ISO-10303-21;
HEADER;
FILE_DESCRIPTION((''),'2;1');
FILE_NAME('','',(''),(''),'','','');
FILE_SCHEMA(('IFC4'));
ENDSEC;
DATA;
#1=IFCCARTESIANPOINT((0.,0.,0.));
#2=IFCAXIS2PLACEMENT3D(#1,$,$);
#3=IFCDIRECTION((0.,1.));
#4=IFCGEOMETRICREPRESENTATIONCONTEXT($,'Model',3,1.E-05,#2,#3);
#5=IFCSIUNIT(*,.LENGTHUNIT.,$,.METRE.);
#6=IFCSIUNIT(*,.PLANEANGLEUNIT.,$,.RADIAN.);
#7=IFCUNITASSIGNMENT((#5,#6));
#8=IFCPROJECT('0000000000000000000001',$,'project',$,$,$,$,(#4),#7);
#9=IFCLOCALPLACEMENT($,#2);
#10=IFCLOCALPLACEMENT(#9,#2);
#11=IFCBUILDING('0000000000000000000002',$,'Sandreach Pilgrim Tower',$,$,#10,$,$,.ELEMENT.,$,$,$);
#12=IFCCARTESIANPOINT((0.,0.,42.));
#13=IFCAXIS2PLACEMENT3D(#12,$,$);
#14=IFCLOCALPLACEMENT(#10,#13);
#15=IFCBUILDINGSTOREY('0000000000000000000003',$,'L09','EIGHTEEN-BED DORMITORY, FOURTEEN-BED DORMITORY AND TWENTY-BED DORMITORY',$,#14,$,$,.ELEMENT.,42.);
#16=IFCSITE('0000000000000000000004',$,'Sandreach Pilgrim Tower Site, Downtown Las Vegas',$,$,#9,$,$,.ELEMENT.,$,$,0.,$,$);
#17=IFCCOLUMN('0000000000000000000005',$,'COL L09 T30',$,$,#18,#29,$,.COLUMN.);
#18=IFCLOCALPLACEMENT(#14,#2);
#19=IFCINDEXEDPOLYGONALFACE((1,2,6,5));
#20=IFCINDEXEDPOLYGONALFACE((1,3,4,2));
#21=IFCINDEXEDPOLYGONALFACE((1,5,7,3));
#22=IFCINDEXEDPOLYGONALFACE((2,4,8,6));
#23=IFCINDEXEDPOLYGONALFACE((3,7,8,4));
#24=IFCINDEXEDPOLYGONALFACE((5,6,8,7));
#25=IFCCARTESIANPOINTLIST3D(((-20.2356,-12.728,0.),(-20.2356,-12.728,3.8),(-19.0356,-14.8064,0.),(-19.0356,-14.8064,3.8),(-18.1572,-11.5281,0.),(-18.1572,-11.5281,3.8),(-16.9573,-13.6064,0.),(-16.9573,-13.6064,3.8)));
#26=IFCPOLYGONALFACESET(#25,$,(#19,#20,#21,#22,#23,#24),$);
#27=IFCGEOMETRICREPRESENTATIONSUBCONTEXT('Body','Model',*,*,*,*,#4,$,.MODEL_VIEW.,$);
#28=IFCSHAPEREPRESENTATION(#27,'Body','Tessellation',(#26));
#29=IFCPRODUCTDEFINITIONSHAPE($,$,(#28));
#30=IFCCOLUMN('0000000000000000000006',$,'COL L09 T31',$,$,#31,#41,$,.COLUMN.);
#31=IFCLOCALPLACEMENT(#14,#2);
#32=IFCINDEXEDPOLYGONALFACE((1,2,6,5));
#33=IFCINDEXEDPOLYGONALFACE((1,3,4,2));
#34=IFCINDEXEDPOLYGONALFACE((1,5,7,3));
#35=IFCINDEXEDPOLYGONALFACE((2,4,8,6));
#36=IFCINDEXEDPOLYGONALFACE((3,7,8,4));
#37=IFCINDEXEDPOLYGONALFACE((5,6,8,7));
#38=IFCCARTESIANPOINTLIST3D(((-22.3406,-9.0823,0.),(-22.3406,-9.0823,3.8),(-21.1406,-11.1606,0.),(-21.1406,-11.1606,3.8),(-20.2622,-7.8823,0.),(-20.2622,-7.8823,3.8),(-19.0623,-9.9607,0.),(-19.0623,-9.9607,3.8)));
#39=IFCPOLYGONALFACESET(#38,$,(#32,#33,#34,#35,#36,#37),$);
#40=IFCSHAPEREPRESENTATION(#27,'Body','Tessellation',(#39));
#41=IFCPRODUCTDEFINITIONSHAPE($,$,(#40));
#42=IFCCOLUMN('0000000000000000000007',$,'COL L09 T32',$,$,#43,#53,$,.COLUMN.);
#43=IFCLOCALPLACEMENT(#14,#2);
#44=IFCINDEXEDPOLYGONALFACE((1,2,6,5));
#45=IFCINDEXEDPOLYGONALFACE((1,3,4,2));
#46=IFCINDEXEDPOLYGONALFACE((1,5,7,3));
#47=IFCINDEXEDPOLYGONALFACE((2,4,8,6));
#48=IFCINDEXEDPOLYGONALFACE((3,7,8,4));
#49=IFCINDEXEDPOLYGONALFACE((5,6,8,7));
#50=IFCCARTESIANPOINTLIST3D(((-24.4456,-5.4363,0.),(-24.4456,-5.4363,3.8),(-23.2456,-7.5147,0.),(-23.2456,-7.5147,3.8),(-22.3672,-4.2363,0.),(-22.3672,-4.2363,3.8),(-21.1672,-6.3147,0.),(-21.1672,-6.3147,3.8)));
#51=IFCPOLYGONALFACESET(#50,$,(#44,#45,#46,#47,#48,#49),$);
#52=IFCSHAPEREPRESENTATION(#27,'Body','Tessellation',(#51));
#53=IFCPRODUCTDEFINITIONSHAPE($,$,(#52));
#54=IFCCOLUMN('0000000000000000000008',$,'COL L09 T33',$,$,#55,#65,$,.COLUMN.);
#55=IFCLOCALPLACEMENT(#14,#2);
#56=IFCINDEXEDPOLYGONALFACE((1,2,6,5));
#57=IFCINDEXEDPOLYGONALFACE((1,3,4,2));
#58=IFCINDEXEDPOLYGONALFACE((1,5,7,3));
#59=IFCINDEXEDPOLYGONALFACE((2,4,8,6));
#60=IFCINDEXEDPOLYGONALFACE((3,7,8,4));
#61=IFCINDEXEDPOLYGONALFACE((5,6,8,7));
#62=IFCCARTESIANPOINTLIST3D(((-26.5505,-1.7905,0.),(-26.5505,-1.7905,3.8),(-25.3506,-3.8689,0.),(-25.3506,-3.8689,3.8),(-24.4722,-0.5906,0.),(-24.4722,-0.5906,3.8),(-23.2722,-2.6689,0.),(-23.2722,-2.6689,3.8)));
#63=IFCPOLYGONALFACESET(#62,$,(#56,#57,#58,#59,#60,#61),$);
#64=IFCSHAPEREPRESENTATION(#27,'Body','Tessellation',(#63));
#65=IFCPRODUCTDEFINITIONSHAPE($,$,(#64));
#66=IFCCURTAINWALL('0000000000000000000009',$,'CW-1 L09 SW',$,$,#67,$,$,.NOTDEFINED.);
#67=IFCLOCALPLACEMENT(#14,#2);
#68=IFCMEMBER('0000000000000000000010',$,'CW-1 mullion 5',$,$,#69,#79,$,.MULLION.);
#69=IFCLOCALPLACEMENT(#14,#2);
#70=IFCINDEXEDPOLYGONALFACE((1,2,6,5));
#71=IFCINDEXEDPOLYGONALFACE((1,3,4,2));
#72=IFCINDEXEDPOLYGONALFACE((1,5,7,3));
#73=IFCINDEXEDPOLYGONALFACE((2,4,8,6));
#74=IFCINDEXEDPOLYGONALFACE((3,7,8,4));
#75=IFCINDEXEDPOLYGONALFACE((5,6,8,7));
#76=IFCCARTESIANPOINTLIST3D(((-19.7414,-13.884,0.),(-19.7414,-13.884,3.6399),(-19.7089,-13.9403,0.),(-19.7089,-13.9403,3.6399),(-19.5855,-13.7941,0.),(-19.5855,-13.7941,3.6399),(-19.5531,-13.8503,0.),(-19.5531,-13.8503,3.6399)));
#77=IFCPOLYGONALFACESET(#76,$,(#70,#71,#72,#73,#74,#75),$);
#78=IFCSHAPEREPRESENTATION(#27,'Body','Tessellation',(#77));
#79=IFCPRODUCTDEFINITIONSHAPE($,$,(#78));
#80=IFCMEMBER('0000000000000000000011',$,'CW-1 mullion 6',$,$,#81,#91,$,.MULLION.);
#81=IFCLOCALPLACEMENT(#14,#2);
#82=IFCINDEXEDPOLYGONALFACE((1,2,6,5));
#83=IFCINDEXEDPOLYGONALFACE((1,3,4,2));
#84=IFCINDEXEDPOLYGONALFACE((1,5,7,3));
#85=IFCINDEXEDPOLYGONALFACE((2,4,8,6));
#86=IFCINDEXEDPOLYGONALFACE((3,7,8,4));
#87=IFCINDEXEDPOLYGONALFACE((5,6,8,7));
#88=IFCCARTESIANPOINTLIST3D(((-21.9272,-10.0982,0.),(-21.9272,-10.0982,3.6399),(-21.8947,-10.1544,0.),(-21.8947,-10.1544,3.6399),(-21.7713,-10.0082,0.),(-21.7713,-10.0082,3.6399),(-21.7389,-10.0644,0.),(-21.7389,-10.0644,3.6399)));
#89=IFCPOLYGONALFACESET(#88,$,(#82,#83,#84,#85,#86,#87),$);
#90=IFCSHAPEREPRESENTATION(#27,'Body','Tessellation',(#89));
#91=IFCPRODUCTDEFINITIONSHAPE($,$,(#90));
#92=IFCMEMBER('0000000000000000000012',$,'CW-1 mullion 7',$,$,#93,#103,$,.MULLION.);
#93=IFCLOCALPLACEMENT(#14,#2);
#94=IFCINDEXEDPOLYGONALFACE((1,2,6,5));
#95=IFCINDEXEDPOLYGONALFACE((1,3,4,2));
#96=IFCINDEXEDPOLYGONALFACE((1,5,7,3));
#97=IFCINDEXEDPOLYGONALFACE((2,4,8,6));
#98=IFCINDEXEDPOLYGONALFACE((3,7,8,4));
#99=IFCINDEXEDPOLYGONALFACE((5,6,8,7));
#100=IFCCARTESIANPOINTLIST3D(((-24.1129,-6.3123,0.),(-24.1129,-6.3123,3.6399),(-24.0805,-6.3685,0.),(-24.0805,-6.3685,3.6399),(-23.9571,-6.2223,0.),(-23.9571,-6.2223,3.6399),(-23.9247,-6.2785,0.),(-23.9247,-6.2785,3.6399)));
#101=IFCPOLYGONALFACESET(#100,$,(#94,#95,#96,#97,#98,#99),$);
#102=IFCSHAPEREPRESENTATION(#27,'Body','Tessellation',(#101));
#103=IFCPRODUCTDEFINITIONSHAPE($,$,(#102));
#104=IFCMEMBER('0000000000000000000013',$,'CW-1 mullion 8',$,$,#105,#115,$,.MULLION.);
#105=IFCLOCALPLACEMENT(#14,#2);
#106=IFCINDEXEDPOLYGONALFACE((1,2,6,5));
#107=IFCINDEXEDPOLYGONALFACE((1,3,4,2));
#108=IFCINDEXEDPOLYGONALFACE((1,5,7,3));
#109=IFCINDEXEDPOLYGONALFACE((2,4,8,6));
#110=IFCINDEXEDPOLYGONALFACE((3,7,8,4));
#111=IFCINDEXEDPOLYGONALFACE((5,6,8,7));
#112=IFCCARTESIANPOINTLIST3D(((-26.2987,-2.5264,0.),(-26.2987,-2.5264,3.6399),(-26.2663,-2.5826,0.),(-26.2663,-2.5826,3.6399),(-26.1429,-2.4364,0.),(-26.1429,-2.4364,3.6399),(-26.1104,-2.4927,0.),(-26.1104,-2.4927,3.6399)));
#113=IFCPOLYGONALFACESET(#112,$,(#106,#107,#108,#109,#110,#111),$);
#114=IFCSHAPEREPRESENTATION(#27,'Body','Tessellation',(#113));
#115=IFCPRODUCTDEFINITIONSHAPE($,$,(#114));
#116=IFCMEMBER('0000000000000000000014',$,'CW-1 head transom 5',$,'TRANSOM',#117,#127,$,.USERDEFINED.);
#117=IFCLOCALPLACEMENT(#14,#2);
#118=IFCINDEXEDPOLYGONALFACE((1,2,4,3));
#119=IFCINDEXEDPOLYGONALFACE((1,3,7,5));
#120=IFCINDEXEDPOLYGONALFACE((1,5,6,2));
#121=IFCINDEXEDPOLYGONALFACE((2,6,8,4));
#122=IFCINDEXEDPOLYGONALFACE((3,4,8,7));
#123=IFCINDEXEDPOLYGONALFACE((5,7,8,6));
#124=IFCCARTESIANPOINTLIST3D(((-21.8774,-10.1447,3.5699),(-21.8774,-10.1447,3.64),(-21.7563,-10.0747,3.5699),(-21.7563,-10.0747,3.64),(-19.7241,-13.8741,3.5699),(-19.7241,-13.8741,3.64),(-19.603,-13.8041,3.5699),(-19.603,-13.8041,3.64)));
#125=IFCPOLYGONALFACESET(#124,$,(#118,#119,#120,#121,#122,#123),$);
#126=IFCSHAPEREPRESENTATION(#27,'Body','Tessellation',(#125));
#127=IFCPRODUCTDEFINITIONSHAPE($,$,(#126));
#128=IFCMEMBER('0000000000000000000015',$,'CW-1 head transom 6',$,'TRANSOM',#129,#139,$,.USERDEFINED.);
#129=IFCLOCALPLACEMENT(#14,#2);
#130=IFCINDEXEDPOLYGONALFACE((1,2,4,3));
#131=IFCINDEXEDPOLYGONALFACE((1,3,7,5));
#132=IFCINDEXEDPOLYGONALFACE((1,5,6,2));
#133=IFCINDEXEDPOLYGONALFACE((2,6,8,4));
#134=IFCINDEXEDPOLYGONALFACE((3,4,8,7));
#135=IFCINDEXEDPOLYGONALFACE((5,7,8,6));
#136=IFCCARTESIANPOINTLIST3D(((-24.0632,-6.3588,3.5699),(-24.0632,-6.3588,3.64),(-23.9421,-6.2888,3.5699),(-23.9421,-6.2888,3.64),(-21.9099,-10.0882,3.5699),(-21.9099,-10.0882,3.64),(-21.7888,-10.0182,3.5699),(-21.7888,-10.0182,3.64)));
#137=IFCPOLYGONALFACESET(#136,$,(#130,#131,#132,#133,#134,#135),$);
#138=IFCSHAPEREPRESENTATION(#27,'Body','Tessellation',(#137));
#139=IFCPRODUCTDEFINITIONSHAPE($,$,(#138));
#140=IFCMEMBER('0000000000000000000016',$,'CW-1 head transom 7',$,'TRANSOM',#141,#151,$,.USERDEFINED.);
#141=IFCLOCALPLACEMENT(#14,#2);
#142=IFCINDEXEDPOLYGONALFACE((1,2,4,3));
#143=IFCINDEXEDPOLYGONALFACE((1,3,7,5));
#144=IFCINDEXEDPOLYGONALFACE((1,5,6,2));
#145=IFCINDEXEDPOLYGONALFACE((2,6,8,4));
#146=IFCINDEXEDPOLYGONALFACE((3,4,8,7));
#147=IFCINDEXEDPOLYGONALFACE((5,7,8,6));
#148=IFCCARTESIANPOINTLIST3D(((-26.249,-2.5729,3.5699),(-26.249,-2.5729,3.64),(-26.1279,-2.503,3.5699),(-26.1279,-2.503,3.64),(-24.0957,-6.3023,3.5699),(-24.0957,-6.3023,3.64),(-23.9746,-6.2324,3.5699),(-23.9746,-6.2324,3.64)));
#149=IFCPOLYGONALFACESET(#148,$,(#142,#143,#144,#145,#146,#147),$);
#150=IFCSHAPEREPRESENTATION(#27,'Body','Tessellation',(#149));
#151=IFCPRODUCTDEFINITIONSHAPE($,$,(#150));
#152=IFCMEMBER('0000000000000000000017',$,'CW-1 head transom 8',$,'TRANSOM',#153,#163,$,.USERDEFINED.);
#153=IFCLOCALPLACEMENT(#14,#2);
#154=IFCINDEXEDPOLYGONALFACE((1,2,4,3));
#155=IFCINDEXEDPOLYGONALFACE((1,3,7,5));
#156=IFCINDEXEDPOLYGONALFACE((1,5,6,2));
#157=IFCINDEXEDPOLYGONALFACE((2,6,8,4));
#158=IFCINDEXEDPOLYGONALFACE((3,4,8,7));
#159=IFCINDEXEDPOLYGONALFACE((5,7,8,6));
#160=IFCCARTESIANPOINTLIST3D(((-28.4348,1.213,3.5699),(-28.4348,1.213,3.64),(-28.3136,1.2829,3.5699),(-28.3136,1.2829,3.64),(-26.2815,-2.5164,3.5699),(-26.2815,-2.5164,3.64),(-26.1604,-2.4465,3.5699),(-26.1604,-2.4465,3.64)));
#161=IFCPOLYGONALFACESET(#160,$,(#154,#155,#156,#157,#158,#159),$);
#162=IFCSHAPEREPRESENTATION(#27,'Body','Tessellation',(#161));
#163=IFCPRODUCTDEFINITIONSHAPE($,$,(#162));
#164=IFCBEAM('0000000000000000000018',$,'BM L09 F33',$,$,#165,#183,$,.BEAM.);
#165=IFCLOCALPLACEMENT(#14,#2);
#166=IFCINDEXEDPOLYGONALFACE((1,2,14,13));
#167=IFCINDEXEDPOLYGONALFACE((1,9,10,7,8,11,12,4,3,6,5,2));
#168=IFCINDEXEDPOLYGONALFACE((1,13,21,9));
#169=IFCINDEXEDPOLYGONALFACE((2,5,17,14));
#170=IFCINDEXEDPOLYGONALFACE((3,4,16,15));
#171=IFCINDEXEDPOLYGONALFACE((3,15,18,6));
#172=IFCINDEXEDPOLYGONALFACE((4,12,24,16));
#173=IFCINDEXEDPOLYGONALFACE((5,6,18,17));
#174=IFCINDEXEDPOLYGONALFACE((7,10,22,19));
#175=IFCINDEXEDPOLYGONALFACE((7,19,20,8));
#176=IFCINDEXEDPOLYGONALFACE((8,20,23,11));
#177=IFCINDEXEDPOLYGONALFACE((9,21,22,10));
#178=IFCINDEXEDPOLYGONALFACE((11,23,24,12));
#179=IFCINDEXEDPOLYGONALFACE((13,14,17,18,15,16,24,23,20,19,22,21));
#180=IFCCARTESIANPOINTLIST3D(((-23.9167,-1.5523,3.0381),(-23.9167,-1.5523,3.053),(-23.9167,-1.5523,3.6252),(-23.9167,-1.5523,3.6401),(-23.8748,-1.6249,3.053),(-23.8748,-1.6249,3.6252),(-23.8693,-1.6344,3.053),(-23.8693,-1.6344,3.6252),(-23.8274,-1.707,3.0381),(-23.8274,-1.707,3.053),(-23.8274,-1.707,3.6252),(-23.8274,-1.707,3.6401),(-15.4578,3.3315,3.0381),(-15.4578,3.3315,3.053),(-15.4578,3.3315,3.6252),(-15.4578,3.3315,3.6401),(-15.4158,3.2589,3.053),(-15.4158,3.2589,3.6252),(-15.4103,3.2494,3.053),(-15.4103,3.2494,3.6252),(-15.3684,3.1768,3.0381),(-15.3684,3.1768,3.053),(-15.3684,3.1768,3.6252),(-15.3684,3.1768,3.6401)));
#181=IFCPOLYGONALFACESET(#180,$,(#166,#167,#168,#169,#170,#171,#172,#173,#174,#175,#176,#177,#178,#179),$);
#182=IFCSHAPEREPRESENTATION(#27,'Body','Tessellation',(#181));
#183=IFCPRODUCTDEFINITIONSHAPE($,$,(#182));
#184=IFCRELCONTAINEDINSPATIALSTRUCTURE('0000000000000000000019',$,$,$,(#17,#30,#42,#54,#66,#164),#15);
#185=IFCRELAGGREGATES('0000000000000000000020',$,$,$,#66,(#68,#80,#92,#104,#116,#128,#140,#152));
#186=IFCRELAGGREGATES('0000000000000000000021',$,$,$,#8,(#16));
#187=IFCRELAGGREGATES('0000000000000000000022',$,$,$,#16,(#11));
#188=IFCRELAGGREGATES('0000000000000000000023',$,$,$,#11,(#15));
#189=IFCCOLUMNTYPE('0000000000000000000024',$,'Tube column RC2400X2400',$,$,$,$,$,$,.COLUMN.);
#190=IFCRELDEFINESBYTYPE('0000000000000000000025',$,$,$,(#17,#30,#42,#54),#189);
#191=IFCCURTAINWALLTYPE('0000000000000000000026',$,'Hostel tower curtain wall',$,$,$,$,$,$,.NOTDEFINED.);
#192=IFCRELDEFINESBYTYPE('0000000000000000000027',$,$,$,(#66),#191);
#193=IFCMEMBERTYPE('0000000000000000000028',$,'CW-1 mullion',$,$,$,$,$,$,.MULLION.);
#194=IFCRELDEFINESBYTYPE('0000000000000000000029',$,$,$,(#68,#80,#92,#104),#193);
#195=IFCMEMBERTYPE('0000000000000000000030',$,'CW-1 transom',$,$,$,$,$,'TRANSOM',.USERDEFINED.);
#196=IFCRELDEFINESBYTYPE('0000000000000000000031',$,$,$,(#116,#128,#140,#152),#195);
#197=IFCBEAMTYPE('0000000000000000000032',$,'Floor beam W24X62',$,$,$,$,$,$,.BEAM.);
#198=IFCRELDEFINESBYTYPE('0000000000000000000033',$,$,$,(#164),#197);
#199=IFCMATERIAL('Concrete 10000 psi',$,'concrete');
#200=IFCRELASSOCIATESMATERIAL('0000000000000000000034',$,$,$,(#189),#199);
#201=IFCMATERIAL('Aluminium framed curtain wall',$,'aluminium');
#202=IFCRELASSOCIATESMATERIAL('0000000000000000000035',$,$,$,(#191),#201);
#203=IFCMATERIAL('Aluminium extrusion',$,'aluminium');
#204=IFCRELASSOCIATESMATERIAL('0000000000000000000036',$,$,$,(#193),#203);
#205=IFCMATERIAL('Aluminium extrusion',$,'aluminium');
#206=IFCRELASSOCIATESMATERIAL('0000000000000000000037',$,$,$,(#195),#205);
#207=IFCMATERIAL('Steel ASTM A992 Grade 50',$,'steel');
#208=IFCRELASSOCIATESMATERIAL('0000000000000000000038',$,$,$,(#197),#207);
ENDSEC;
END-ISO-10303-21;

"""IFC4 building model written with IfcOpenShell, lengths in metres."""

from ifc_helpers import new_model, si_unit, direction, frame, origin, origin_2d, place, context, subcontext, project, spatial, rectangle, i_section, extrude, material, material_profile, profile_set, type_object, element, aggregate, save


model = new_model("IFC4")

# Units and contexts
model_context = context("Model", 3, precision=1e-05, world=origin(), true_north=direction((0.0, 1.0)))
body_context = subcontext(model_context, "Body", "Model", "MODEL_VIEW")
ifc_project = project(units=[si_unit("LENGTHUNIT", "METRE"), si_unit("PLANEANGLEUNIT", "RADIAN")], contexts=[model_context])

# Site, building, storey
site_placement = place(None, origin())
site = spatial("IfcSite", under=ifc_project, at=site_placement, Name="Sandreach Pilgrim Tower Site, Downtown Las Vegas", CompositionType="ELEMENT", RefElevation=0.0)
building_placement = place(site_placement, origin())
building = spatial("IfcBuilding", under=site, at=building_placement, Name="Sandreach Pilgrim Tower", CompositionType="ELEMENT")
storey_placement = place(building_placement, frame((0.0, 0.0, 42.0)))
storey = spatial("IfcBuildingStorey", under=building, at=storey_placement, Name="L09", Description="EIGHTEEN-BED DORMITORY, FOURTEEN-BED DORMITORY AND TWENTY-BED DORMITORY", CompositionType="ELEMENT", Elevation=42.0)

# Columns
ifc_material_1 = material(Name="Concrete 10000 psi", Category="concrete")
ifc_material_profile_1 = material_profile(ifc_material_1, rectangle(XDim=2.3999, YDim=2.3999, at=origin_2d()), Name="RC2400X2400")
ifc_profile_set_1 = profile_set([ifc_material_profile_1], Name="Concrete 10000 psi")
column_type = type_object("IfcColumnType", Name="Tube column RC2400X2400", PredefinedType="COLUMN", material=ifc_profile_set_1)
for number, where, z_axis, x_axis, name in (
    (1, (-18.5964, -13.1672, 0.0), (0.0, 0.0, 1.0), (-0.866025, -0.5, 0.0), "COL L09 T30"),
    (2, (-20.7014, -9.5215, 0.0), (0.0, 0.0, 1.0), (-0.866025, -0.5, 0.0), "COL L09 T31"),
    (3, (-22.8064, -5.8755, 0.0), (0.0, 0.0, 1.0), (-0.866025, -0.5, 0.0), "COL L09 T32"),
    (4, (-24.9114, -2.2297, 0.0), (0.0, 0.0, 1.0), (-0.866025, -0.5, 0.0), "COL L09 T33"),
):
    element("IfcColumn", number, at=place(storey_placement, frame(where, z_axis=z_axis, x_axis=x_axis)), inside=storey, type_object=column_type, Name=name, PredefinedType="COLUMN", context=body_context, shape_type="SweptSolid", body=[
        extrude(rectangle(XDim=2.3999, YDim=2.3999, at=origin_2d()), origin(), (0.0, 0.0, 1.0), 3.8),
    ])

# Curtain wall, members
ifc_material_2 = material(Name="Aluminium framed curtain wall", Category="aluminium")
curtain_wall_type = type_object("IfcCurtainWallType", Name="Hostel tower curtain wall", PredefinedType="NOTDEFINED", material=ifc_material_2)
curtain_wall_placement = place(storey_placement, origin())
curtain_wall = element("IfcCurtainWall", 5, at=curtain_wall_placement, inside=storey, type_object=curtain_wall_type, Name="CW-1 L09 SW", PredefinedType="NOTDEFINED")
ifc_material_3 = material(Name="Aluminium extrusion", Category="aluminium")
ifc_material_profile_2 = material_profile(ifc_material_3, rectangle(XDim=0.0649, YDim=0.1799, at=origin_2d()), Name="CW-1M 65X180")
ifc_profile_set_2 = profile_set([ifc_material_profile_2], Name="Aluminium extrusion")
member_type_1 = type_object("IfcMemberType", Name="CW-1 mullion", PredefinedType="MULLION", material=ifc_profile_set_2)
member_1_placement = place(storey_placement, frame((-19.6472, -13.8672, 0.0), z_axis=(0.0, 0.0, 1.0), x_axis=(-0.5, 0.866025, 0.0)))
member_1 = element("IfcMember", 6, at=member_1_placement, type_object=member_type_1, Name="CW-1 mullion 5", PredefinedType="MULLION", context=body_context, shape_type="SweptSolid", body=[
    extrude(rectangle(XDim=0.0649, YDim=0.1799, at=origin_2d()), origin(), (0.0, 0.0, 1.0), 3.6399),
])
member_2_placement = place(storey_placement, frame((-21.833, -10.0813, 0.0), z_axis=(0.0, 0.0, 1.0), x_axis=(-0.5, 0.866025, 0.0)))
member_2 = element("IfcMember", 7, at=member_2_placement, type_object=member_type_1, Name="CW-1 mullion 6", PredefinedType="MULLION", context=body_context, shape_type="SweptSolid", body=[
    extrude(rectangle(XDim=0.0649, YDim=0.1799, at=origin_2d()), origin(), (0.0, 0.0, 1.0), 3.6399),
])
member_3_placement = place(storey_placement, frame((-24.0188, -6.2954, 0.0), z_axis=(0.0, 0.0, 1.0), x_axis=(-0.5, 0.866025, 0.0)))
member_3 = element("IfcMember", 8, at=member_3_placement, type_object=member_type_1, Name="CW-1 mullion 7", PredefinedType="MULLION", context=body_context, shape_type="SweptSolid", body=[
    extrude(rectangle(XDim=0.0649, YDim=0.1799, at=origin_2d()), origin(), (0.0, 0.0, 1.0), 3.6399),
])
member_4_placement = place(storey_placement, frame((-26.2046, -2.5095, 0.0), z_axis=(0.0, 0.0, 1.0), x_axis=(-0.5, 0.866025, 0.0)))
member_4 = element("IfcMember", 9, at=member_4_placement, type_object=member_type_1, Name="CW-1 mullion 8", PredefinedType="MULLION", context=body_context, shape_type="SweptSolid", body=[
    extrude(rectangle(XDim=0.0649, YDim=0.1799, at=origin_2d()), origin(), (0.0, 0.0, 1.0), 3.6399),
])
ifc_material_4 = material(Name="Aluminium extrusion", Category="aluminium")
ifc_material_profile_3 = material_profile(ifc_material_4, rectangle(XDim=0.1399, YDim=0.0701, at=origin_2d()), Name="CW-1T 140X70")
ifc_profile_set_3 = profile_set([ifc_material_profile_3], Name="Aluminium extrusion")
member_type_2 = type_object("IfcMemberType", Name="CW-1 transom", ElementType="TRANSOM", PredefinedType="USERDEFINED", material=ifc_profile_set_3)
member_5_placement = place(storey_placement, frame((-19.6636, -13.8391, 3.605), z_axis=(-0.500017, 0.866016, 0.0), x_axis=(-0.866016, -0.500017, 0.0)))
member_5 = element("IfcMember", 10, at=member_5_placement, type_object=member_type_2, Name="CW-1 head transom 5", ObjectType="TRANSOM", PredefinedType="USERDEFINED", context=body_context, shape_type="SweptSolid", body=[
    extrude(rectangle(XDim=0.1399, YDim=0.0701, at=origin_2d()), origin(), (0.0, 0.0, 1.0), 4.3064),
])
member_6_placement = place(storey_placement, frame((-21.8494, -10.0532, 3.605), z_axis=(-0.500017, 0.866016, 0.0), x_axis=(-0.866016, -0.500017, 0.0)))
member_6 = element("IfcMember", 11, at=member_6_placement, type_object=member_type_2, Name="CW-1 head transom 6", ObjectType="TRANSOM", PredefinedType="USERDEFINED", context=body_context, shape_type="SweptSolid", body=[
    extrude(rectangle(XDim=0.1399, YDim=0.0701, at=origin_2d()), origin(), (0.0, 0.0, 1.0), 4.3064),
])
member_7_placement = place(storey_placement, frame((-24.0352, -6.2673, 3.605), z_axis=(-0.500017, 0.866016, 0.0), x_axis=(-0.866016, -0.500017, 0.0)))
member_7 = element("IfcMember", 12, at=member_7_placement, type_object=member_type_2, Name="CW-1 head transom 7", ObjectType="TRANSOM", PredefinedType="USERDEFINED", context=body_context, shape_type="SweptSolid", body=[
    extrude(rectangle(XDim=0.1399, YDim=0.0701, at=origin_2d()), origin(), (0.0, 0.0, 1.0), 4.3064),
])
member_8_placement = place(storey_placement, frame((-26.2209, -2.4814, 3.605), z_axis=(-0.500017, 0.866016, 0.0), x_axis=(-0.866016, -0.500017, 0.0)))
member_8 = element("IfcMember", 13, at=member_8_placement, type_object=member_type_2, Name="CW-1 head transom 8", ObjectType="TRANSOM", PredefinedType="USERDEFINED", context=body_context, shape_type="SweptSolid", body=[
    extrude(rectangle(XDim=0.1399, YDim=0.0701, at=origin_2d()), origin(), (0.0, 0.0, 1.0), 4.3064),
])

# Beam
ifc_material_5 = material(Name="Steel ASTM A992 Grade 50", Category="steel")
ifc_material_profile_4 = material_profile(ifc_material_5, i_section(OverallWidth=0.1787, OverallDepth=0.6021, WebThickness=0.011, FlangeThickness=0.0149, at=origin_2d()), Name="W24X62")
ifc_profile_set_4 = profile_set([ifc_material_profile_4], Name="Steel ASTM A992 Grade 50")
beam_type_1 = type_object("IfcBeamType", Name="Floor beam W24X62", PredefinedType="BEAM", material=ifc_profile_set_4)
beam_1_placement = place(storey_placement, frame((-23.8721, -1.6296, 3.3391), z_axis=(0.866026, 0.499999, 0.0), x_axis=(-0.499999, 0.866026, 0.0)))
element("IfcBeam", 14, at=beam_1_placement, inside=storey, type_object=beam_type_1, Name="BM L09 F33", PredefinedType="BEAM", context=body_context, shape_type="SweptSolid", body=[
    extrude(i_section(OverallWidth=0.1787, OverallDepth=0.6021, WebThickness=0.011, FlangeThickness=0.0149, at=origin_2d()), origin(), (0.0, 0.0, 1.0), 9.7676),
])

aggregate(curtain_wall, [member_1, member_2, member_3, member_4, member_5, member_6, member_7, member_8])

save(model, "model.ifc")
